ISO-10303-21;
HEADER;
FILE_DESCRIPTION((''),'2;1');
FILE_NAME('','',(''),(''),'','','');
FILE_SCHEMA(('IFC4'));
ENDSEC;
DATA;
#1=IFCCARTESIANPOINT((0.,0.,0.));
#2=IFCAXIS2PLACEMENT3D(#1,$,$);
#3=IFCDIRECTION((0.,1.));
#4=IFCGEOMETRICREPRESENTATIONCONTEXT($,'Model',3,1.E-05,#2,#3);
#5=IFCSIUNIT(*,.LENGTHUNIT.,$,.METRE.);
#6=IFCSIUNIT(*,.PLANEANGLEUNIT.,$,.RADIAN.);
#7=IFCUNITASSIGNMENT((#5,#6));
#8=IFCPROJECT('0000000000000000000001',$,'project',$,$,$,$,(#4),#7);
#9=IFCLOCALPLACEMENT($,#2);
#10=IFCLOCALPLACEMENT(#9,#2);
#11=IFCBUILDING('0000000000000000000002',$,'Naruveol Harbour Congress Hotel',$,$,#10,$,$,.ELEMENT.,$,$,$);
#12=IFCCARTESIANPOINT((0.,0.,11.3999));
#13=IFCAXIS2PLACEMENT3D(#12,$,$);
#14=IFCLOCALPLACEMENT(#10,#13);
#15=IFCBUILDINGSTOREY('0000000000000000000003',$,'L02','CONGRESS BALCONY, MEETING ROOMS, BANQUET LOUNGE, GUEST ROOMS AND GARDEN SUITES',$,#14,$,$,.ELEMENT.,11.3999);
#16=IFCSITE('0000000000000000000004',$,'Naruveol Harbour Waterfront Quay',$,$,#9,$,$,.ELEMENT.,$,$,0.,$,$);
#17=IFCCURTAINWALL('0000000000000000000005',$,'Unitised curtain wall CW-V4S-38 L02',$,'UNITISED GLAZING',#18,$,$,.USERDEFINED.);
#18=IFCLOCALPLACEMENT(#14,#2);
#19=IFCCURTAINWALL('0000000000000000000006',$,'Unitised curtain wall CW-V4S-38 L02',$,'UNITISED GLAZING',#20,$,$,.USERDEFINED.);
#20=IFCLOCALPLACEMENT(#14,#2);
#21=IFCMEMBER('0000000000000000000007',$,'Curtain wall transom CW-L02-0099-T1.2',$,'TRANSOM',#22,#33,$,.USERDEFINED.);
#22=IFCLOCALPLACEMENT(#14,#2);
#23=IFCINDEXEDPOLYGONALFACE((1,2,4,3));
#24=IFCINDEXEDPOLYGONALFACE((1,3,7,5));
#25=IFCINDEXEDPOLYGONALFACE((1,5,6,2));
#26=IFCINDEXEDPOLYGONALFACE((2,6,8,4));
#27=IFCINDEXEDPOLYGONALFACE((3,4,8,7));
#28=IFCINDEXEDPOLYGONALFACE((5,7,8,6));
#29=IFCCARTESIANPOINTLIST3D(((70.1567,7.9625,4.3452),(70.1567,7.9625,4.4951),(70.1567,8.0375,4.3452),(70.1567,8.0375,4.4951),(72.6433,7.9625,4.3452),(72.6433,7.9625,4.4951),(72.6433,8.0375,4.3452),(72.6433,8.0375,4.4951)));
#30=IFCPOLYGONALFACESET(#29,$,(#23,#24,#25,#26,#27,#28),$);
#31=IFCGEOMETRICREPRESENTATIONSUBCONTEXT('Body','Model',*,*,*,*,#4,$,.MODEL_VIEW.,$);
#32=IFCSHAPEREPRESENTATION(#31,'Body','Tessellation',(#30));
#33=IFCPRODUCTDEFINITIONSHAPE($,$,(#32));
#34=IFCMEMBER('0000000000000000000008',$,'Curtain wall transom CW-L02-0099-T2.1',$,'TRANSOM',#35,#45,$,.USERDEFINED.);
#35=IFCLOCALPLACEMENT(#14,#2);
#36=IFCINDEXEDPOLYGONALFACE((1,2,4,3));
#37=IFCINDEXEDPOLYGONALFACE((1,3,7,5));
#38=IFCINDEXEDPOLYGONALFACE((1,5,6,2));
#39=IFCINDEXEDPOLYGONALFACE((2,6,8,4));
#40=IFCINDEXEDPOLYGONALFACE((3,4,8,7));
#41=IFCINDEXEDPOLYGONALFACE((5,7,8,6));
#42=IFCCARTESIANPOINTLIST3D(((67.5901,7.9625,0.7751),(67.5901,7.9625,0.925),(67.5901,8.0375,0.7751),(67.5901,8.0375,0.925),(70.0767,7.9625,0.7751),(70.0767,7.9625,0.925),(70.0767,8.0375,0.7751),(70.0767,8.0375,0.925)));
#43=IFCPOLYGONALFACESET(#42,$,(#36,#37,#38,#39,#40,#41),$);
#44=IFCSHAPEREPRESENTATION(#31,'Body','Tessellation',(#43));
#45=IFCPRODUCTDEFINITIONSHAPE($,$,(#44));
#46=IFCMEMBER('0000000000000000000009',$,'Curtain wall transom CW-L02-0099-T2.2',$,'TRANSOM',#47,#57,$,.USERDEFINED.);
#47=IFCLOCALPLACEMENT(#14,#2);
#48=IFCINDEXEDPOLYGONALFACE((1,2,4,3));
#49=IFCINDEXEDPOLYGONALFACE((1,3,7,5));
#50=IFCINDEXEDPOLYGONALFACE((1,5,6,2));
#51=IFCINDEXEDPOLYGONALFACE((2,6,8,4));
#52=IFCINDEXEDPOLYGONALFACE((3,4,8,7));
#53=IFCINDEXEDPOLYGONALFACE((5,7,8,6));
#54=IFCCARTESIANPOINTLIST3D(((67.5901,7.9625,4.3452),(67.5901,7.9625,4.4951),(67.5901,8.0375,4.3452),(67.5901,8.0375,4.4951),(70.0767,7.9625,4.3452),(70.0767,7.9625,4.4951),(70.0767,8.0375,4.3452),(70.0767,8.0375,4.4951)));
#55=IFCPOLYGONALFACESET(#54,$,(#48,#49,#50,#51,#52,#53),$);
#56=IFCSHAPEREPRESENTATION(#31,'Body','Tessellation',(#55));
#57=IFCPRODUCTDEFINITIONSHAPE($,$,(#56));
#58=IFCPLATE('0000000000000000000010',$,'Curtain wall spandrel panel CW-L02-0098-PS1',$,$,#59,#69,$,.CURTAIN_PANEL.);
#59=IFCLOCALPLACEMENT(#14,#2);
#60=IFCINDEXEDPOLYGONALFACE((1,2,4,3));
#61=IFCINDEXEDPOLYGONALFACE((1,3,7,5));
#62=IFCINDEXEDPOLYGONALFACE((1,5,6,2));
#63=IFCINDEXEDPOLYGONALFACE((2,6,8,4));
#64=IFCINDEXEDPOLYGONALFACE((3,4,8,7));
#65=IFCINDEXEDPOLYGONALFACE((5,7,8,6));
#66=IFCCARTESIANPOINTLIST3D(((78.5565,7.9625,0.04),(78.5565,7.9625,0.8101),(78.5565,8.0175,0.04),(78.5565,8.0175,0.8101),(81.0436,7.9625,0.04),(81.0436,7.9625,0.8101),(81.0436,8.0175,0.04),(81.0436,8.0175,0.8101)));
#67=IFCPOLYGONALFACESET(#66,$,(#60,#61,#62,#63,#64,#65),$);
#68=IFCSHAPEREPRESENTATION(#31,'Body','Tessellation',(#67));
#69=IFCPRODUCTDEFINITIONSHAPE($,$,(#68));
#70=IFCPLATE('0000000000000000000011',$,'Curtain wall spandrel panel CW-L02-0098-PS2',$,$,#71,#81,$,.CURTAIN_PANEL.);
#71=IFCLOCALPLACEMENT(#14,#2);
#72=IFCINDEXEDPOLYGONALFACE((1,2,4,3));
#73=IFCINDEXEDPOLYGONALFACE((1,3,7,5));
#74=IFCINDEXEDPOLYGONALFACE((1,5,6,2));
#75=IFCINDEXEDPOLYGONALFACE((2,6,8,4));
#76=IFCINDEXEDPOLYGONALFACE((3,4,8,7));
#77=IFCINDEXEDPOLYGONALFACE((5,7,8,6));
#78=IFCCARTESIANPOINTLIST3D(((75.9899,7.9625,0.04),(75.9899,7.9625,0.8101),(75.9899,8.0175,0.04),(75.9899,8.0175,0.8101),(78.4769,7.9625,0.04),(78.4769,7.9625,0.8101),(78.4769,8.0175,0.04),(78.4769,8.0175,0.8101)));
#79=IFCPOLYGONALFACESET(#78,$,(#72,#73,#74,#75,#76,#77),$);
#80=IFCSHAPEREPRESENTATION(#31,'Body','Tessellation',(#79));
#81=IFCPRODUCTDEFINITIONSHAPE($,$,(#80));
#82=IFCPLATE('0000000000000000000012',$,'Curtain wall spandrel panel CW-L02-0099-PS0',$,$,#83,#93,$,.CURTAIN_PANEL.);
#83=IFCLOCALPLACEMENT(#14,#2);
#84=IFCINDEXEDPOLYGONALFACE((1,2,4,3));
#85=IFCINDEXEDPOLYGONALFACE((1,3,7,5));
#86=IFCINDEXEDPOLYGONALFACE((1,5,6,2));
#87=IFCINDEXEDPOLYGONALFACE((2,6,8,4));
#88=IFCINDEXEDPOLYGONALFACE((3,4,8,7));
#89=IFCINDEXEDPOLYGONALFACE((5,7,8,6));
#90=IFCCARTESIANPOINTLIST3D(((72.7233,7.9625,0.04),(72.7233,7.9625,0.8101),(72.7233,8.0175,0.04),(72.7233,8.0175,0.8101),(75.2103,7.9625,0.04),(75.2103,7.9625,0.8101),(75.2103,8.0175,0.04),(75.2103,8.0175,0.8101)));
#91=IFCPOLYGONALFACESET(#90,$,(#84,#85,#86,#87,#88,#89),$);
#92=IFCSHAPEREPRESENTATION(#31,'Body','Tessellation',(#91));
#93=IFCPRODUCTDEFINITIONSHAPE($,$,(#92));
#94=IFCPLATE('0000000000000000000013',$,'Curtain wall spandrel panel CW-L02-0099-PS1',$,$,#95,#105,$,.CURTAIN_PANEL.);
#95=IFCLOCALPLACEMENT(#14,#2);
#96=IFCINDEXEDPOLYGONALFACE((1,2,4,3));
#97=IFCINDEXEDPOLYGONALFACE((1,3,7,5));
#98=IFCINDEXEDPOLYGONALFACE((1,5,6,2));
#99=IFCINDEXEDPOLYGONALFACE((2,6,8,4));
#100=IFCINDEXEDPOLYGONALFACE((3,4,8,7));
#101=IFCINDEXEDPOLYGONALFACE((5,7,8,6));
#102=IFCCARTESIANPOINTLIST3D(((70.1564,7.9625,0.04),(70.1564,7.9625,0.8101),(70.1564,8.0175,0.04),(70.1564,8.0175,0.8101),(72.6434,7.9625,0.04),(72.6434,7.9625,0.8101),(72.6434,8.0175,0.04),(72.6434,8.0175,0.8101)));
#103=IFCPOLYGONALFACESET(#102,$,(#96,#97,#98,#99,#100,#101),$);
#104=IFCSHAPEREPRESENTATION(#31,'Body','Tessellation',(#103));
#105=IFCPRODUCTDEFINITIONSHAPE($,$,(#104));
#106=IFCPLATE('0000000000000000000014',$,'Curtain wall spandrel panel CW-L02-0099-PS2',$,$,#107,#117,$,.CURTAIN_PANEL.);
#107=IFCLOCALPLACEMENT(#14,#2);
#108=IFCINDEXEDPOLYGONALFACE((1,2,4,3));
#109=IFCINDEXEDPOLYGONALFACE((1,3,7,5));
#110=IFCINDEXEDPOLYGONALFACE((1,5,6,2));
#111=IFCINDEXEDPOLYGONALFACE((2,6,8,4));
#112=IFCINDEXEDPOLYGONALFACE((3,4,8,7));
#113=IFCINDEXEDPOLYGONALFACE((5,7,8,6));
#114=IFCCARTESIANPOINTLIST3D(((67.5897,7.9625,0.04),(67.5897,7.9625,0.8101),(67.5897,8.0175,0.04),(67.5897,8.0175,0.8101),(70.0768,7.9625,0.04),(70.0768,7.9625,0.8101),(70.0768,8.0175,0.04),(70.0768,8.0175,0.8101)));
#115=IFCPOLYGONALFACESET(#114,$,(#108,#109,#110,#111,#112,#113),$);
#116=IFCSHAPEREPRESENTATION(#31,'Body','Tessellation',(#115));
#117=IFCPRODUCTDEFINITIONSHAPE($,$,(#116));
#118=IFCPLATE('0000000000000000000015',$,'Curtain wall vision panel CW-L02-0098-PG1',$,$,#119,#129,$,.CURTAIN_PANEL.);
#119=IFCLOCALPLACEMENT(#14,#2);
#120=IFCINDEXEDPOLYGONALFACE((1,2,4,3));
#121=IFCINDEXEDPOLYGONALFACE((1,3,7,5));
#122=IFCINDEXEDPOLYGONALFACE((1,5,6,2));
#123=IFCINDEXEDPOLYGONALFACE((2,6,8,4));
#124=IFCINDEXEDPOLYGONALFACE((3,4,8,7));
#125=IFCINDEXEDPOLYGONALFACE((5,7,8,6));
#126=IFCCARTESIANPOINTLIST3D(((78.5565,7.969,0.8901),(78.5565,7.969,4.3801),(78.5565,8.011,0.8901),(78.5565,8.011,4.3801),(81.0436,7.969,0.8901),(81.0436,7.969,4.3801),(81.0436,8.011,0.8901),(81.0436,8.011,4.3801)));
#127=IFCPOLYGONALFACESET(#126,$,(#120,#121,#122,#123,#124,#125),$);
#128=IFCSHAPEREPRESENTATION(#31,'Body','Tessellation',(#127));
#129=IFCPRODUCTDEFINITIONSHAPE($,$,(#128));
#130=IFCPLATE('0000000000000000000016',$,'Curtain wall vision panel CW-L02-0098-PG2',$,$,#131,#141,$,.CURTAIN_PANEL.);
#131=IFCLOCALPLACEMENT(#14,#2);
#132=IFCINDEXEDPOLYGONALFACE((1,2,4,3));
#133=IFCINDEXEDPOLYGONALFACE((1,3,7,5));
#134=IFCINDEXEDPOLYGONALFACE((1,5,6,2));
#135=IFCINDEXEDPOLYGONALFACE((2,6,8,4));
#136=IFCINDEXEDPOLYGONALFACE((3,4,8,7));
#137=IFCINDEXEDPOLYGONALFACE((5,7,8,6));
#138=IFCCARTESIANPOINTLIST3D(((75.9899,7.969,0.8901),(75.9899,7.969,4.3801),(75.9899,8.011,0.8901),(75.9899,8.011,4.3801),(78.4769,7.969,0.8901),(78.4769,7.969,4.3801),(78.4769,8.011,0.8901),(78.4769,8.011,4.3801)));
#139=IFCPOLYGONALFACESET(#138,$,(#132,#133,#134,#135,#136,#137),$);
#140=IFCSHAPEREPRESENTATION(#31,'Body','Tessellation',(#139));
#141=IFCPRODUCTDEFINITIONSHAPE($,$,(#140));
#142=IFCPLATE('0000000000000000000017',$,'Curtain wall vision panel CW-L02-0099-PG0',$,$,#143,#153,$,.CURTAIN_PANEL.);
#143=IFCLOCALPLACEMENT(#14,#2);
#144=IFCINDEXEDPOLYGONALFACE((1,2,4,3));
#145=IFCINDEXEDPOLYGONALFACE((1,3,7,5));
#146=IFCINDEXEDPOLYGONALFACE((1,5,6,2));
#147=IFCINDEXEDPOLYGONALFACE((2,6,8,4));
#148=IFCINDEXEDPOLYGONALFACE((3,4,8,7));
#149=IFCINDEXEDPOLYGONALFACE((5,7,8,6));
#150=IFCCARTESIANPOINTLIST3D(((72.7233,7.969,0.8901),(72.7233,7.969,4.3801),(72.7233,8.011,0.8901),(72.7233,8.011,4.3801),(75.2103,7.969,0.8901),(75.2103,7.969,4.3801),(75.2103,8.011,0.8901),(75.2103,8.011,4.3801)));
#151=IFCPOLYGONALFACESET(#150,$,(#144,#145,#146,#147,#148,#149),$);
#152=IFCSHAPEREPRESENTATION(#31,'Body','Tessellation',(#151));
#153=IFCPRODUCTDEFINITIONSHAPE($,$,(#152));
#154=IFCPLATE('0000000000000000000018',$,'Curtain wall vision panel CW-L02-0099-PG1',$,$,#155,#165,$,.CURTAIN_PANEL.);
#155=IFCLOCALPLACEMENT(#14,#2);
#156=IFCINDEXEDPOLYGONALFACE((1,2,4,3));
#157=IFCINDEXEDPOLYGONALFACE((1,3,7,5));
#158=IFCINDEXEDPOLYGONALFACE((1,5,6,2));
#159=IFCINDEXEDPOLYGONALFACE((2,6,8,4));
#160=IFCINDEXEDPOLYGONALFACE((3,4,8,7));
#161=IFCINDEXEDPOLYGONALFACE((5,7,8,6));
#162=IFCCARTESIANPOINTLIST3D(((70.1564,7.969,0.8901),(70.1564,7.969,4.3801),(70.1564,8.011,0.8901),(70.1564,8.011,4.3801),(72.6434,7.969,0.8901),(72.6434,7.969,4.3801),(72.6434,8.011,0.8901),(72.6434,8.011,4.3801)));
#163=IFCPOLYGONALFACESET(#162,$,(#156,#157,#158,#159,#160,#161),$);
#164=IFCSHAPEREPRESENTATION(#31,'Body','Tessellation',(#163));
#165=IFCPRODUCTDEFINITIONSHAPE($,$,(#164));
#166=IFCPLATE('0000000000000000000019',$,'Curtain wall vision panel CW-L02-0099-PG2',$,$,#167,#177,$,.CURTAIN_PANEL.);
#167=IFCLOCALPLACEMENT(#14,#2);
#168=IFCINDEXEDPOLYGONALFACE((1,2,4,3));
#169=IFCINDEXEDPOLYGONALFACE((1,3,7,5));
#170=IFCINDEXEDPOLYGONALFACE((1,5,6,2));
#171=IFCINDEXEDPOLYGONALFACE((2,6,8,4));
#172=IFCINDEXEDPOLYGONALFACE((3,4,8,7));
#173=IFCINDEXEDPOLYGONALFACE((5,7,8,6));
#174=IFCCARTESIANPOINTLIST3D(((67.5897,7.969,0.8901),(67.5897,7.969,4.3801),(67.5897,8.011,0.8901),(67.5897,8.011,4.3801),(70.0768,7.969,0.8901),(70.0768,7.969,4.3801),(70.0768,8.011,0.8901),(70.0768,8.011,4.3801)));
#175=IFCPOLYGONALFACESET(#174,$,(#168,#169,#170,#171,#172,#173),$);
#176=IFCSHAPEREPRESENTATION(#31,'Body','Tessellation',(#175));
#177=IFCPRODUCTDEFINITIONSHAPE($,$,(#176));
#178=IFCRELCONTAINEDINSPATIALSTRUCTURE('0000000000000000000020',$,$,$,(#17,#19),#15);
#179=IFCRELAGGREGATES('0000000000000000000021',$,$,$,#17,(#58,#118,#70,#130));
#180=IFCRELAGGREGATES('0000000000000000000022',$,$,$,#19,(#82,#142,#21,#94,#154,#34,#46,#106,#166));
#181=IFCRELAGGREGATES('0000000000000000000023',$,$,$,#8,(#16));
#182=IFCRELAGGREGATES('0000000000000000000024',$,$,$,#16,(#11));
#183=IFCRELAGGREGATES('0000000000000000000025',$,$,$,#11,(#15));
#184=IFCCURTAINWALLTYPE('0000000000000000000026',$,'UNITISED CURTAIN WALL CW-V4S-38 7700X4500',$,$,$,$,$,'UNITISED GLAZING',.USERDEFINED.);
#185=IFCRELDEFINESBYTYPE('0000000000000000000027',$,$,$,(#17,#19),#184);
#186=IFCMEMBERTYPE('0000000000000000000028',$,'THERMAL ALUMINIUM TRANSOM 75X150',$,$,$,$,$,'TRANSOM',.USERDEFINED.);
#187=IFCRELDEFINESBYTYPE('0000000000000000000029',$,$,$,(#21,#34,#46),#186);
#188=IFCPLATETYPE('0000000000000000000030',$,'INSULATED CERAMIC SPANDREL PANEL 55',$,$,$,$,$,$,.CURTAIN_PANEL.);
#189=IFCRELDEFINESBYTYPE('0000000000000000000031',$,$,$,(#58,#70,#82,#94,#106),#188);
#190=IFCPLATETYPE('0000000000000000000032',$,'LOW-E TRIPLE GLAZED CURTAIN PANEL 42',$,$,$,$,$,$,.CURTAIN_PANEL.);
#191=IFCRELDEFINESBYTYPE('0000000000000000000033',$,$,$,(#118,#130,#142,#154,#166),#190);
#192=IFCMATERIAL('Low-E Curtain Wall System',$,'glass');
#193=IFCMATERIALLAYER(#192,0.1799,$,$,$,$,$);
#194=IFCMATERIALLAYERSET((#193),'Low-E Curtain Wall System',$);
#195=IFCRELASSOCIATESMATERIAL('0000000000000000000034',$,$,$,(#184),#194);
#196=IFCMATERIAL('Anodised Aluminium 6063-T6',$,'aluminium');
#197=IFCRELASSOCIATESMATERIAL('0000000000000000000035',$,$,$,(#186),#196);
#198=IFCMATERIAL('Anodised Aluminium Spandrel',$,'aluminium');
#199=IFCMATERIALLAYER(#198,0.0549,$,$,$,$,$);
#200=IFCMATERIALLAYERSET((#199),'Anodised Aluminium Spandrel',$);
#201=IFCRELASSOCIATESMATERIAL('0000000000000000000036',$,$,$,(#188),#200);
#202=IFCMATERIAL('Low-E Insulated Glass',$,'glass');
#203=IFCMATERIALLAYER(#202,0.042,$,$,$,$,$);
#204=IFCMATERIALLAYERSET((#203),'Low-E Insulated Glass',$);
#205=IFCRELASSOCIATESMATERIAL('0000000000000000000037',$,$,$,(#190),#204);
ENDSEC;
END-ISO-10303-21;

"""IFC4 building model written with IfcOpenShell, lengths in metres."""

from ifc_helpers import new_model, si_unit, direction, frame, origin, origin_2d, place, context, subcontext, project, spatial, rectangle, extrude, material, layer, layer_set, material_profile, profile_set, type_object, element, aggregate, save


model = new_model("IFC4")

# Units and contexts
model_context = context("Model", 3, precision=1e-05, world=origin(), true_north=direction((0.0, 1.0)))
body_context = subcontext(model_context, "Body", "Model", "MODEL_VIEW")
ifc_project = project(units=[si_unit("LENGTHUNIT", "METRE"), si_unit("PLANEANGLEUNIT", "RADIAN")], contexts=[model_context])

# Site, building, storey
site_placement = place(None, origin())
site = spatial("IfcSite", under=ifc_project, at=site_placement, Name="Naruveol Harbour Waterfront Quay", CompositionType="ELEMENT", RefElevation=0.0)
building_placement = place(site_placement, origin())
building = spatial("IfcBuilding", under=site, at=building_placement, Name="Naruveol Harbour Congress Hotel", CompositionType="ELEMENT")
storey_placement = place(building_placement, frame((0.0, 0.0, 11.3999)))
storey = spatial("IfcBuildingStorey", under=building, at=storey_placement, Name="L02", Description="CONGRESS BALCONY, MEETING ROOMS, BANQUET LOUNGE, GUEST ROOMS AND GARDEN SUITES", CompositionType="ELEMENT", Elevation=11.3999)

# Curtain wall
ifc_material_1 = material(Name="Low-E Curtain Wall System", Category="glass")
ifc_layer_1 = layer(ifc_material_1, 0.1799)
ifc_layer_set_1 = layer_set([ifc_layer_1], Name="Low-E Curtain Wall System")
curtain_wall_type = type_object("IfcCurtainWallType", Name="UNITISED CURTAIN WALL CW-V4S-38 7700X4500", ElementType="UNITISED GLAZING", PredefinedType="USERDEFINED", material=ifc_layer_set_1)
curtain_wall_1_placement = place(storey_placement, origin())
curtain_wall_1 = element("IfcCurtainWall", 1, at=curtain_wall_1_placement, inside=storey, type_object=curtain_wall_type, Name="Unitised curtain wall CW-V4S-38 L02", ObjectType="UNITISED GLAZING", PredefinedType="USERDEFINED")

# Curtain wall
curtain_wall_2_placement = place(storey_placement, origin())
curtain_wall_2 = element("IfcCurtainWall", 2, at=curtain_wall_2_placement, inside=storey, type_object=curtain_wall_type, Name="Unitised curtain wall CW-V4S-38 L02", ObjectType="UNITISED GLAZING", PredefinedType="USERDEFINED")

# Members
ifc_material_2 = material(Name="Anodised Aluminium 6063-T6", Category="aluminium")
ifc_material_profile_1 = material_profile(ifc_material_2, rectangle(XDim=0.075, YDim=0.1499, at=origin_2d()), Name="ALU-75x150")
ifc_profile_set_1 = profile_set([ifc_material_profile_1], Name="Anodised Aluminium 6063-T6")
member_type_1 = type_object("IfcMemberType", Name="THERMAL ALUMINIUM TRANSOM 75X150", ElementType="TRANSOM", PredefinedType="USERDEFINED", material=ifc_profile_set_1)
member_1_placement = place(storey_placement, frame((72.6433, 8.0, 4.4202), z_axis=(-1.0, 0.0, 0.0), x_axis=(0.0, -1.0, 0.0)))
member_1 = element("IfcMember", 3, at=member_1_placement, type_object=member_type_1, Name="Curtain wall transom CW-L02-0099-T1.2", ObjectType="TRANSOM", PredefinedType="USERDEFINED", context=body_context, shape_type="SweptSolid", body=[
    extrude(rectangle(XDim=0.075, YDim=0.1499, at=origin_2d()), origin(), (0.0, 0.0, 1.0), 2.4866),
])
member_2_placement = place(storey_placement, frame((70.0767, 8.0, 0.8501), z_axis=(-1.0, 0.0, 0.0), x_axis=(0.0, -1.0, 0.0)))
member_2 = element("IfcMember", 4, at=member_2_placement, type_object=member_type_1, Name="Curtain wall transom CW-L02-0099-T2.1", ObjectType="TRANSOM", PredefinedType="USERDEFINED", context=body_context, shape_type="SweptSolid", body=[
    extrude(rectangle(XDim=0.075, YDim=0.1499, at=origin_2d()), origin(), (0.0, 0.0, 1.0), 2.4866),
])
member_3_placement = place(storey_placement, frame((70.0767, 8.0, 4.4202), z_axis=(-1.0, 0.0, 0.0), x_axis=(0.0, -1.0, 0.0)))
member_3 = element("IfcMember", 5, at=member_3_placement, type_object=member_type_1, Name="Curtain wall transom CW-L02-0099-T2.2", ObjectType="TRANSOM", PredefinedType="USERDEFINED", context=body_context, shape_type="SweptSolid", body=[
    extrude(rectangle(XDim=0.075, YDim=0.1499, at=origin_2d()), origin(), (0.0, 0.0, 1.0), 2.4866),
])

# Plates
ifc_material_3 = material(Name="Anodised Aluminium Spandrel", Category="aluminium")
ifc_layer_2 = layer(ifc_material_3, 0.0549)
ifc_layer_set_2 = layer_set([ifc_layer_2], Name="Anodised Aluminium Spandrel")
plate_type_1 = type_object("IfcPlateType", Name="INSULATED CERAMIC SPANDREL PANEL 55", PredefinedType="CURTAIN_PANEL", material=ifc_layer_set_2)
plate_1_placement = place(storey_placement, frame((79.8, 7.99, 0.04), z_axis=(0.0, 0.0, 1.0), x_axis=(-1.0, 0.0, 0.0)))
plate_1 = element("IfcPlate", 6, at=plate_1_placement, type_object=plate_type_1, Name="Curtain wall spandrel panel CW-L02-0098-PS1", PredefinedType="CURTAIN_PANEL", context=body_context, shape_type="SweptSolid", body=[
    extrude(rectangle(XDim=2.4871, YDim=0.0549, at=origin_2d()), origin(), (0.0, 0.0, 1.0), 0.77),
])
plate_2_placement = place(storey_placement, frame((77.2334, 7.99, 0.04), z_axis=(0.0, 0.0, 1.0), x_axis=(-1.0, 0.0, 0.0)))
plate_2 = element("IfcPlate", 7, at=plate_2_placement, type_object=plate_type_1, Name="Curtain wall spandrel panel CW-L02-0098-PS2", PredefinedType="CURTAIN_PANEL", context=body_context, shape_type="SweptSolid", body=[
    extrude(rectangle(XDim=2.4871, YDim=0.0549, at=origin_2d()), origin(), (0.0, 0.0, 1.0), 0.77),
])
plate_3_placement = place(storey_placement, frame((73.9668, 7.99, 0.04), z_axis=(0.0, 0.0, 1.0), x_axis=(-1.0, 0.0, 0.0)))
plate_3 = element("IfcPlate", 8, at=plate_3_placement, type_object=plate_type_1, Name="Curtain wall spandrel panel CW-L02-0099-PS0", PredefinedType="CURTAIN_PANEL", context=body_context, shape_type="SweptSolid", body=[
    extrude(rectangle(XDim=2.4871, YDim=0.0549, at=origin_2d()), origin(), (0.0, 0.0, 1.0), 0.77),
])
plate_4_placement = place(storey_placement, frame((71.3999, 7.99, 0.04), z_axis=(0.0, 0.0, 1.0), x_axis=(-1.0, 0.0, 0.0)))
plate_4 = element("IfcPlate", 9, at=plate_4_placement, type_object=plate_type_1, Name="Curtain wall spandrel panel CW-L02-0099-PS1", PredefinedType="CURTAIN_PANEL", context=body_context, shape_type="SweptSolid", body=[
    extrude(rectangle(XDim=2.4871, YDim=0.0549, at=origin_2d()), origin(), (0.0, 0.0, 1.0), 0.77),
])
plate_5_placement = place(storey_placement, frame((68.8333, 7.99, 0.04), z_axis=(0.0, 0.0, 1.0), x_axis=(-1.0, 0.0, 0.0)))
plate_5 = element("IfcPlate", 10, at=plate_5_placement, type_object=plate_type_1, Name="Curtain wall spandrel panel CW-L02-0099-PS2", PredefinedType="CURTAIN_PANEL", context=body_context, shape_type="SweptSolid", body=[
    extrude(rectangle(XDim=2.4871, YDim=0.0549, at=origin_2d()), origin(), (0.0, 0.0, 1.0), 0.77),
])
ifc_material_4 = material(Name="Low-E Insulated Glass", Category="glass")
ifc_layer_3 = layer(ifc_material_4, 0.042)
ifc_layer_set_3 = layer_set([ifc_layer_3], Name="Low-E Insulated Glass")
plate_type_2 = type_object("IfcPlateType", Name="LOW-E TRIPLE GLAZED CURTAIN PANEL 42", PredefinedType="CURTAIN_PANEL", material=ifc_layer_set_3)
plate_6_placement = place(storey_placement, frame((79.8, 7.99, 0.8901), z_axis=(0.0, 0.0, 1.0), x_axis=(-1.0, 0.0, 0.0)))
plate_6 = element("IfcPlate", 11, at=plate_6_placement, type_object=plate_type_2, Name="Curtain wall vision panel CW-L02-0098-PG1", PredefinedType="CURTAIN_PANEL", context=body_context, shape_type="SweptSolid", body=[
    extrude(rectangle(XDim=2.4871, YDim=0.042, at=origin_2d()), origin(), (0.0, 0.0, 1.0), 3.49),
])
plate_7_placement = place(storey_placement, frame((77.2334, 7.99, 0.8901), z_axis=(0.0, 0.0, 1.0), x_axis=(-1.0, 0.0, 0.0)))
plate_7 = element("IfcPlate", 12, at=plate_7_placement, type_object=plate_type_2, Name="Curtain wall vision panel CW-L02-0098-PG2", PredefinedType="CURTAIN_PANEL", context=body_context, shape_type="SweptSolid", body=[
    extrude(rectangle(XDim=2.4871, YDim=0.042, at=origin_2d()), origin(), (0.0, 0.0, 1.0), 3.49),
])
aggregate(curtain_wall_1, [plate_1, plate_6, plate_2, plate_7])
plate_8_placement = place(storey_placement, frame((73.9668, 7.99, 0.8901), z_axis=(0.0, 0.0, 1.0), x_axis=(-1.0, 0.0, 0.0)))
plate_8 = element("IfcPlate", 13, at=plate_8_placement, type_object=plate_type_2, Name="Curtain wall vision panel CW-L02-0099-PG0", PredefinedType="CURTAIN_PANEL", context=body_context, shape_type="SweptSolid", body=[
    extrude(rectangle(XDim=2.4871, YDim=0.042, at=origin_2d()), origin(), (0.0, 0.0, 1.0), 3.49),
])
plate_9_placement = place(storey_placement, frame((71.3999, 7.99, 0.8901), z_axis=(0.0, 0.0, 1.0), x_axis=(-1.0, 0.0, 0.0)))
plate_9 = element("IfcPlate", 14, at=plate_9_placement, type_object=plate_type_2, Name="Curtain wall vision panel CW-L02-0099-PG1", PredefinedType="CURTAIN_PANEL", context=body_context, shape_type="SweptSolid", body=[
    extrude(rectangle(XDim=2.4871, YDim=0.042, at=origin_2d()), origin(), (0.0, 0.0, 1.0), 3.49),
])
plate_10_placement = place(storey_placement, frame((68.8333, 7.99, 0.8901), z_axis=(0.0, 0.0, 1.0), x_axis=(-1.0, 0.0, 0.0)))
plate_10 = element("IfcPlate", 15, at=plate_10_placement, type_object=plate_type_2, Name="Curtain wall vision panel CW-L02-0099-PG2", PredefinedType="CURTAIN_PANEL", context=body_context, shape_type="SweptSolid", body=[
    extrude(rectangle(XDim=2.4871, YDim=0.042, at=origin_2d()), origin(), (0.0, 0.0, 1.0), 3.49),
])
aggregate(curtain_wall_2, [plate_3, plate_8, member_1, plate_4, plate_9, member_2, member_3, plate_5, plate_10])

save(model, "model.ifc")
